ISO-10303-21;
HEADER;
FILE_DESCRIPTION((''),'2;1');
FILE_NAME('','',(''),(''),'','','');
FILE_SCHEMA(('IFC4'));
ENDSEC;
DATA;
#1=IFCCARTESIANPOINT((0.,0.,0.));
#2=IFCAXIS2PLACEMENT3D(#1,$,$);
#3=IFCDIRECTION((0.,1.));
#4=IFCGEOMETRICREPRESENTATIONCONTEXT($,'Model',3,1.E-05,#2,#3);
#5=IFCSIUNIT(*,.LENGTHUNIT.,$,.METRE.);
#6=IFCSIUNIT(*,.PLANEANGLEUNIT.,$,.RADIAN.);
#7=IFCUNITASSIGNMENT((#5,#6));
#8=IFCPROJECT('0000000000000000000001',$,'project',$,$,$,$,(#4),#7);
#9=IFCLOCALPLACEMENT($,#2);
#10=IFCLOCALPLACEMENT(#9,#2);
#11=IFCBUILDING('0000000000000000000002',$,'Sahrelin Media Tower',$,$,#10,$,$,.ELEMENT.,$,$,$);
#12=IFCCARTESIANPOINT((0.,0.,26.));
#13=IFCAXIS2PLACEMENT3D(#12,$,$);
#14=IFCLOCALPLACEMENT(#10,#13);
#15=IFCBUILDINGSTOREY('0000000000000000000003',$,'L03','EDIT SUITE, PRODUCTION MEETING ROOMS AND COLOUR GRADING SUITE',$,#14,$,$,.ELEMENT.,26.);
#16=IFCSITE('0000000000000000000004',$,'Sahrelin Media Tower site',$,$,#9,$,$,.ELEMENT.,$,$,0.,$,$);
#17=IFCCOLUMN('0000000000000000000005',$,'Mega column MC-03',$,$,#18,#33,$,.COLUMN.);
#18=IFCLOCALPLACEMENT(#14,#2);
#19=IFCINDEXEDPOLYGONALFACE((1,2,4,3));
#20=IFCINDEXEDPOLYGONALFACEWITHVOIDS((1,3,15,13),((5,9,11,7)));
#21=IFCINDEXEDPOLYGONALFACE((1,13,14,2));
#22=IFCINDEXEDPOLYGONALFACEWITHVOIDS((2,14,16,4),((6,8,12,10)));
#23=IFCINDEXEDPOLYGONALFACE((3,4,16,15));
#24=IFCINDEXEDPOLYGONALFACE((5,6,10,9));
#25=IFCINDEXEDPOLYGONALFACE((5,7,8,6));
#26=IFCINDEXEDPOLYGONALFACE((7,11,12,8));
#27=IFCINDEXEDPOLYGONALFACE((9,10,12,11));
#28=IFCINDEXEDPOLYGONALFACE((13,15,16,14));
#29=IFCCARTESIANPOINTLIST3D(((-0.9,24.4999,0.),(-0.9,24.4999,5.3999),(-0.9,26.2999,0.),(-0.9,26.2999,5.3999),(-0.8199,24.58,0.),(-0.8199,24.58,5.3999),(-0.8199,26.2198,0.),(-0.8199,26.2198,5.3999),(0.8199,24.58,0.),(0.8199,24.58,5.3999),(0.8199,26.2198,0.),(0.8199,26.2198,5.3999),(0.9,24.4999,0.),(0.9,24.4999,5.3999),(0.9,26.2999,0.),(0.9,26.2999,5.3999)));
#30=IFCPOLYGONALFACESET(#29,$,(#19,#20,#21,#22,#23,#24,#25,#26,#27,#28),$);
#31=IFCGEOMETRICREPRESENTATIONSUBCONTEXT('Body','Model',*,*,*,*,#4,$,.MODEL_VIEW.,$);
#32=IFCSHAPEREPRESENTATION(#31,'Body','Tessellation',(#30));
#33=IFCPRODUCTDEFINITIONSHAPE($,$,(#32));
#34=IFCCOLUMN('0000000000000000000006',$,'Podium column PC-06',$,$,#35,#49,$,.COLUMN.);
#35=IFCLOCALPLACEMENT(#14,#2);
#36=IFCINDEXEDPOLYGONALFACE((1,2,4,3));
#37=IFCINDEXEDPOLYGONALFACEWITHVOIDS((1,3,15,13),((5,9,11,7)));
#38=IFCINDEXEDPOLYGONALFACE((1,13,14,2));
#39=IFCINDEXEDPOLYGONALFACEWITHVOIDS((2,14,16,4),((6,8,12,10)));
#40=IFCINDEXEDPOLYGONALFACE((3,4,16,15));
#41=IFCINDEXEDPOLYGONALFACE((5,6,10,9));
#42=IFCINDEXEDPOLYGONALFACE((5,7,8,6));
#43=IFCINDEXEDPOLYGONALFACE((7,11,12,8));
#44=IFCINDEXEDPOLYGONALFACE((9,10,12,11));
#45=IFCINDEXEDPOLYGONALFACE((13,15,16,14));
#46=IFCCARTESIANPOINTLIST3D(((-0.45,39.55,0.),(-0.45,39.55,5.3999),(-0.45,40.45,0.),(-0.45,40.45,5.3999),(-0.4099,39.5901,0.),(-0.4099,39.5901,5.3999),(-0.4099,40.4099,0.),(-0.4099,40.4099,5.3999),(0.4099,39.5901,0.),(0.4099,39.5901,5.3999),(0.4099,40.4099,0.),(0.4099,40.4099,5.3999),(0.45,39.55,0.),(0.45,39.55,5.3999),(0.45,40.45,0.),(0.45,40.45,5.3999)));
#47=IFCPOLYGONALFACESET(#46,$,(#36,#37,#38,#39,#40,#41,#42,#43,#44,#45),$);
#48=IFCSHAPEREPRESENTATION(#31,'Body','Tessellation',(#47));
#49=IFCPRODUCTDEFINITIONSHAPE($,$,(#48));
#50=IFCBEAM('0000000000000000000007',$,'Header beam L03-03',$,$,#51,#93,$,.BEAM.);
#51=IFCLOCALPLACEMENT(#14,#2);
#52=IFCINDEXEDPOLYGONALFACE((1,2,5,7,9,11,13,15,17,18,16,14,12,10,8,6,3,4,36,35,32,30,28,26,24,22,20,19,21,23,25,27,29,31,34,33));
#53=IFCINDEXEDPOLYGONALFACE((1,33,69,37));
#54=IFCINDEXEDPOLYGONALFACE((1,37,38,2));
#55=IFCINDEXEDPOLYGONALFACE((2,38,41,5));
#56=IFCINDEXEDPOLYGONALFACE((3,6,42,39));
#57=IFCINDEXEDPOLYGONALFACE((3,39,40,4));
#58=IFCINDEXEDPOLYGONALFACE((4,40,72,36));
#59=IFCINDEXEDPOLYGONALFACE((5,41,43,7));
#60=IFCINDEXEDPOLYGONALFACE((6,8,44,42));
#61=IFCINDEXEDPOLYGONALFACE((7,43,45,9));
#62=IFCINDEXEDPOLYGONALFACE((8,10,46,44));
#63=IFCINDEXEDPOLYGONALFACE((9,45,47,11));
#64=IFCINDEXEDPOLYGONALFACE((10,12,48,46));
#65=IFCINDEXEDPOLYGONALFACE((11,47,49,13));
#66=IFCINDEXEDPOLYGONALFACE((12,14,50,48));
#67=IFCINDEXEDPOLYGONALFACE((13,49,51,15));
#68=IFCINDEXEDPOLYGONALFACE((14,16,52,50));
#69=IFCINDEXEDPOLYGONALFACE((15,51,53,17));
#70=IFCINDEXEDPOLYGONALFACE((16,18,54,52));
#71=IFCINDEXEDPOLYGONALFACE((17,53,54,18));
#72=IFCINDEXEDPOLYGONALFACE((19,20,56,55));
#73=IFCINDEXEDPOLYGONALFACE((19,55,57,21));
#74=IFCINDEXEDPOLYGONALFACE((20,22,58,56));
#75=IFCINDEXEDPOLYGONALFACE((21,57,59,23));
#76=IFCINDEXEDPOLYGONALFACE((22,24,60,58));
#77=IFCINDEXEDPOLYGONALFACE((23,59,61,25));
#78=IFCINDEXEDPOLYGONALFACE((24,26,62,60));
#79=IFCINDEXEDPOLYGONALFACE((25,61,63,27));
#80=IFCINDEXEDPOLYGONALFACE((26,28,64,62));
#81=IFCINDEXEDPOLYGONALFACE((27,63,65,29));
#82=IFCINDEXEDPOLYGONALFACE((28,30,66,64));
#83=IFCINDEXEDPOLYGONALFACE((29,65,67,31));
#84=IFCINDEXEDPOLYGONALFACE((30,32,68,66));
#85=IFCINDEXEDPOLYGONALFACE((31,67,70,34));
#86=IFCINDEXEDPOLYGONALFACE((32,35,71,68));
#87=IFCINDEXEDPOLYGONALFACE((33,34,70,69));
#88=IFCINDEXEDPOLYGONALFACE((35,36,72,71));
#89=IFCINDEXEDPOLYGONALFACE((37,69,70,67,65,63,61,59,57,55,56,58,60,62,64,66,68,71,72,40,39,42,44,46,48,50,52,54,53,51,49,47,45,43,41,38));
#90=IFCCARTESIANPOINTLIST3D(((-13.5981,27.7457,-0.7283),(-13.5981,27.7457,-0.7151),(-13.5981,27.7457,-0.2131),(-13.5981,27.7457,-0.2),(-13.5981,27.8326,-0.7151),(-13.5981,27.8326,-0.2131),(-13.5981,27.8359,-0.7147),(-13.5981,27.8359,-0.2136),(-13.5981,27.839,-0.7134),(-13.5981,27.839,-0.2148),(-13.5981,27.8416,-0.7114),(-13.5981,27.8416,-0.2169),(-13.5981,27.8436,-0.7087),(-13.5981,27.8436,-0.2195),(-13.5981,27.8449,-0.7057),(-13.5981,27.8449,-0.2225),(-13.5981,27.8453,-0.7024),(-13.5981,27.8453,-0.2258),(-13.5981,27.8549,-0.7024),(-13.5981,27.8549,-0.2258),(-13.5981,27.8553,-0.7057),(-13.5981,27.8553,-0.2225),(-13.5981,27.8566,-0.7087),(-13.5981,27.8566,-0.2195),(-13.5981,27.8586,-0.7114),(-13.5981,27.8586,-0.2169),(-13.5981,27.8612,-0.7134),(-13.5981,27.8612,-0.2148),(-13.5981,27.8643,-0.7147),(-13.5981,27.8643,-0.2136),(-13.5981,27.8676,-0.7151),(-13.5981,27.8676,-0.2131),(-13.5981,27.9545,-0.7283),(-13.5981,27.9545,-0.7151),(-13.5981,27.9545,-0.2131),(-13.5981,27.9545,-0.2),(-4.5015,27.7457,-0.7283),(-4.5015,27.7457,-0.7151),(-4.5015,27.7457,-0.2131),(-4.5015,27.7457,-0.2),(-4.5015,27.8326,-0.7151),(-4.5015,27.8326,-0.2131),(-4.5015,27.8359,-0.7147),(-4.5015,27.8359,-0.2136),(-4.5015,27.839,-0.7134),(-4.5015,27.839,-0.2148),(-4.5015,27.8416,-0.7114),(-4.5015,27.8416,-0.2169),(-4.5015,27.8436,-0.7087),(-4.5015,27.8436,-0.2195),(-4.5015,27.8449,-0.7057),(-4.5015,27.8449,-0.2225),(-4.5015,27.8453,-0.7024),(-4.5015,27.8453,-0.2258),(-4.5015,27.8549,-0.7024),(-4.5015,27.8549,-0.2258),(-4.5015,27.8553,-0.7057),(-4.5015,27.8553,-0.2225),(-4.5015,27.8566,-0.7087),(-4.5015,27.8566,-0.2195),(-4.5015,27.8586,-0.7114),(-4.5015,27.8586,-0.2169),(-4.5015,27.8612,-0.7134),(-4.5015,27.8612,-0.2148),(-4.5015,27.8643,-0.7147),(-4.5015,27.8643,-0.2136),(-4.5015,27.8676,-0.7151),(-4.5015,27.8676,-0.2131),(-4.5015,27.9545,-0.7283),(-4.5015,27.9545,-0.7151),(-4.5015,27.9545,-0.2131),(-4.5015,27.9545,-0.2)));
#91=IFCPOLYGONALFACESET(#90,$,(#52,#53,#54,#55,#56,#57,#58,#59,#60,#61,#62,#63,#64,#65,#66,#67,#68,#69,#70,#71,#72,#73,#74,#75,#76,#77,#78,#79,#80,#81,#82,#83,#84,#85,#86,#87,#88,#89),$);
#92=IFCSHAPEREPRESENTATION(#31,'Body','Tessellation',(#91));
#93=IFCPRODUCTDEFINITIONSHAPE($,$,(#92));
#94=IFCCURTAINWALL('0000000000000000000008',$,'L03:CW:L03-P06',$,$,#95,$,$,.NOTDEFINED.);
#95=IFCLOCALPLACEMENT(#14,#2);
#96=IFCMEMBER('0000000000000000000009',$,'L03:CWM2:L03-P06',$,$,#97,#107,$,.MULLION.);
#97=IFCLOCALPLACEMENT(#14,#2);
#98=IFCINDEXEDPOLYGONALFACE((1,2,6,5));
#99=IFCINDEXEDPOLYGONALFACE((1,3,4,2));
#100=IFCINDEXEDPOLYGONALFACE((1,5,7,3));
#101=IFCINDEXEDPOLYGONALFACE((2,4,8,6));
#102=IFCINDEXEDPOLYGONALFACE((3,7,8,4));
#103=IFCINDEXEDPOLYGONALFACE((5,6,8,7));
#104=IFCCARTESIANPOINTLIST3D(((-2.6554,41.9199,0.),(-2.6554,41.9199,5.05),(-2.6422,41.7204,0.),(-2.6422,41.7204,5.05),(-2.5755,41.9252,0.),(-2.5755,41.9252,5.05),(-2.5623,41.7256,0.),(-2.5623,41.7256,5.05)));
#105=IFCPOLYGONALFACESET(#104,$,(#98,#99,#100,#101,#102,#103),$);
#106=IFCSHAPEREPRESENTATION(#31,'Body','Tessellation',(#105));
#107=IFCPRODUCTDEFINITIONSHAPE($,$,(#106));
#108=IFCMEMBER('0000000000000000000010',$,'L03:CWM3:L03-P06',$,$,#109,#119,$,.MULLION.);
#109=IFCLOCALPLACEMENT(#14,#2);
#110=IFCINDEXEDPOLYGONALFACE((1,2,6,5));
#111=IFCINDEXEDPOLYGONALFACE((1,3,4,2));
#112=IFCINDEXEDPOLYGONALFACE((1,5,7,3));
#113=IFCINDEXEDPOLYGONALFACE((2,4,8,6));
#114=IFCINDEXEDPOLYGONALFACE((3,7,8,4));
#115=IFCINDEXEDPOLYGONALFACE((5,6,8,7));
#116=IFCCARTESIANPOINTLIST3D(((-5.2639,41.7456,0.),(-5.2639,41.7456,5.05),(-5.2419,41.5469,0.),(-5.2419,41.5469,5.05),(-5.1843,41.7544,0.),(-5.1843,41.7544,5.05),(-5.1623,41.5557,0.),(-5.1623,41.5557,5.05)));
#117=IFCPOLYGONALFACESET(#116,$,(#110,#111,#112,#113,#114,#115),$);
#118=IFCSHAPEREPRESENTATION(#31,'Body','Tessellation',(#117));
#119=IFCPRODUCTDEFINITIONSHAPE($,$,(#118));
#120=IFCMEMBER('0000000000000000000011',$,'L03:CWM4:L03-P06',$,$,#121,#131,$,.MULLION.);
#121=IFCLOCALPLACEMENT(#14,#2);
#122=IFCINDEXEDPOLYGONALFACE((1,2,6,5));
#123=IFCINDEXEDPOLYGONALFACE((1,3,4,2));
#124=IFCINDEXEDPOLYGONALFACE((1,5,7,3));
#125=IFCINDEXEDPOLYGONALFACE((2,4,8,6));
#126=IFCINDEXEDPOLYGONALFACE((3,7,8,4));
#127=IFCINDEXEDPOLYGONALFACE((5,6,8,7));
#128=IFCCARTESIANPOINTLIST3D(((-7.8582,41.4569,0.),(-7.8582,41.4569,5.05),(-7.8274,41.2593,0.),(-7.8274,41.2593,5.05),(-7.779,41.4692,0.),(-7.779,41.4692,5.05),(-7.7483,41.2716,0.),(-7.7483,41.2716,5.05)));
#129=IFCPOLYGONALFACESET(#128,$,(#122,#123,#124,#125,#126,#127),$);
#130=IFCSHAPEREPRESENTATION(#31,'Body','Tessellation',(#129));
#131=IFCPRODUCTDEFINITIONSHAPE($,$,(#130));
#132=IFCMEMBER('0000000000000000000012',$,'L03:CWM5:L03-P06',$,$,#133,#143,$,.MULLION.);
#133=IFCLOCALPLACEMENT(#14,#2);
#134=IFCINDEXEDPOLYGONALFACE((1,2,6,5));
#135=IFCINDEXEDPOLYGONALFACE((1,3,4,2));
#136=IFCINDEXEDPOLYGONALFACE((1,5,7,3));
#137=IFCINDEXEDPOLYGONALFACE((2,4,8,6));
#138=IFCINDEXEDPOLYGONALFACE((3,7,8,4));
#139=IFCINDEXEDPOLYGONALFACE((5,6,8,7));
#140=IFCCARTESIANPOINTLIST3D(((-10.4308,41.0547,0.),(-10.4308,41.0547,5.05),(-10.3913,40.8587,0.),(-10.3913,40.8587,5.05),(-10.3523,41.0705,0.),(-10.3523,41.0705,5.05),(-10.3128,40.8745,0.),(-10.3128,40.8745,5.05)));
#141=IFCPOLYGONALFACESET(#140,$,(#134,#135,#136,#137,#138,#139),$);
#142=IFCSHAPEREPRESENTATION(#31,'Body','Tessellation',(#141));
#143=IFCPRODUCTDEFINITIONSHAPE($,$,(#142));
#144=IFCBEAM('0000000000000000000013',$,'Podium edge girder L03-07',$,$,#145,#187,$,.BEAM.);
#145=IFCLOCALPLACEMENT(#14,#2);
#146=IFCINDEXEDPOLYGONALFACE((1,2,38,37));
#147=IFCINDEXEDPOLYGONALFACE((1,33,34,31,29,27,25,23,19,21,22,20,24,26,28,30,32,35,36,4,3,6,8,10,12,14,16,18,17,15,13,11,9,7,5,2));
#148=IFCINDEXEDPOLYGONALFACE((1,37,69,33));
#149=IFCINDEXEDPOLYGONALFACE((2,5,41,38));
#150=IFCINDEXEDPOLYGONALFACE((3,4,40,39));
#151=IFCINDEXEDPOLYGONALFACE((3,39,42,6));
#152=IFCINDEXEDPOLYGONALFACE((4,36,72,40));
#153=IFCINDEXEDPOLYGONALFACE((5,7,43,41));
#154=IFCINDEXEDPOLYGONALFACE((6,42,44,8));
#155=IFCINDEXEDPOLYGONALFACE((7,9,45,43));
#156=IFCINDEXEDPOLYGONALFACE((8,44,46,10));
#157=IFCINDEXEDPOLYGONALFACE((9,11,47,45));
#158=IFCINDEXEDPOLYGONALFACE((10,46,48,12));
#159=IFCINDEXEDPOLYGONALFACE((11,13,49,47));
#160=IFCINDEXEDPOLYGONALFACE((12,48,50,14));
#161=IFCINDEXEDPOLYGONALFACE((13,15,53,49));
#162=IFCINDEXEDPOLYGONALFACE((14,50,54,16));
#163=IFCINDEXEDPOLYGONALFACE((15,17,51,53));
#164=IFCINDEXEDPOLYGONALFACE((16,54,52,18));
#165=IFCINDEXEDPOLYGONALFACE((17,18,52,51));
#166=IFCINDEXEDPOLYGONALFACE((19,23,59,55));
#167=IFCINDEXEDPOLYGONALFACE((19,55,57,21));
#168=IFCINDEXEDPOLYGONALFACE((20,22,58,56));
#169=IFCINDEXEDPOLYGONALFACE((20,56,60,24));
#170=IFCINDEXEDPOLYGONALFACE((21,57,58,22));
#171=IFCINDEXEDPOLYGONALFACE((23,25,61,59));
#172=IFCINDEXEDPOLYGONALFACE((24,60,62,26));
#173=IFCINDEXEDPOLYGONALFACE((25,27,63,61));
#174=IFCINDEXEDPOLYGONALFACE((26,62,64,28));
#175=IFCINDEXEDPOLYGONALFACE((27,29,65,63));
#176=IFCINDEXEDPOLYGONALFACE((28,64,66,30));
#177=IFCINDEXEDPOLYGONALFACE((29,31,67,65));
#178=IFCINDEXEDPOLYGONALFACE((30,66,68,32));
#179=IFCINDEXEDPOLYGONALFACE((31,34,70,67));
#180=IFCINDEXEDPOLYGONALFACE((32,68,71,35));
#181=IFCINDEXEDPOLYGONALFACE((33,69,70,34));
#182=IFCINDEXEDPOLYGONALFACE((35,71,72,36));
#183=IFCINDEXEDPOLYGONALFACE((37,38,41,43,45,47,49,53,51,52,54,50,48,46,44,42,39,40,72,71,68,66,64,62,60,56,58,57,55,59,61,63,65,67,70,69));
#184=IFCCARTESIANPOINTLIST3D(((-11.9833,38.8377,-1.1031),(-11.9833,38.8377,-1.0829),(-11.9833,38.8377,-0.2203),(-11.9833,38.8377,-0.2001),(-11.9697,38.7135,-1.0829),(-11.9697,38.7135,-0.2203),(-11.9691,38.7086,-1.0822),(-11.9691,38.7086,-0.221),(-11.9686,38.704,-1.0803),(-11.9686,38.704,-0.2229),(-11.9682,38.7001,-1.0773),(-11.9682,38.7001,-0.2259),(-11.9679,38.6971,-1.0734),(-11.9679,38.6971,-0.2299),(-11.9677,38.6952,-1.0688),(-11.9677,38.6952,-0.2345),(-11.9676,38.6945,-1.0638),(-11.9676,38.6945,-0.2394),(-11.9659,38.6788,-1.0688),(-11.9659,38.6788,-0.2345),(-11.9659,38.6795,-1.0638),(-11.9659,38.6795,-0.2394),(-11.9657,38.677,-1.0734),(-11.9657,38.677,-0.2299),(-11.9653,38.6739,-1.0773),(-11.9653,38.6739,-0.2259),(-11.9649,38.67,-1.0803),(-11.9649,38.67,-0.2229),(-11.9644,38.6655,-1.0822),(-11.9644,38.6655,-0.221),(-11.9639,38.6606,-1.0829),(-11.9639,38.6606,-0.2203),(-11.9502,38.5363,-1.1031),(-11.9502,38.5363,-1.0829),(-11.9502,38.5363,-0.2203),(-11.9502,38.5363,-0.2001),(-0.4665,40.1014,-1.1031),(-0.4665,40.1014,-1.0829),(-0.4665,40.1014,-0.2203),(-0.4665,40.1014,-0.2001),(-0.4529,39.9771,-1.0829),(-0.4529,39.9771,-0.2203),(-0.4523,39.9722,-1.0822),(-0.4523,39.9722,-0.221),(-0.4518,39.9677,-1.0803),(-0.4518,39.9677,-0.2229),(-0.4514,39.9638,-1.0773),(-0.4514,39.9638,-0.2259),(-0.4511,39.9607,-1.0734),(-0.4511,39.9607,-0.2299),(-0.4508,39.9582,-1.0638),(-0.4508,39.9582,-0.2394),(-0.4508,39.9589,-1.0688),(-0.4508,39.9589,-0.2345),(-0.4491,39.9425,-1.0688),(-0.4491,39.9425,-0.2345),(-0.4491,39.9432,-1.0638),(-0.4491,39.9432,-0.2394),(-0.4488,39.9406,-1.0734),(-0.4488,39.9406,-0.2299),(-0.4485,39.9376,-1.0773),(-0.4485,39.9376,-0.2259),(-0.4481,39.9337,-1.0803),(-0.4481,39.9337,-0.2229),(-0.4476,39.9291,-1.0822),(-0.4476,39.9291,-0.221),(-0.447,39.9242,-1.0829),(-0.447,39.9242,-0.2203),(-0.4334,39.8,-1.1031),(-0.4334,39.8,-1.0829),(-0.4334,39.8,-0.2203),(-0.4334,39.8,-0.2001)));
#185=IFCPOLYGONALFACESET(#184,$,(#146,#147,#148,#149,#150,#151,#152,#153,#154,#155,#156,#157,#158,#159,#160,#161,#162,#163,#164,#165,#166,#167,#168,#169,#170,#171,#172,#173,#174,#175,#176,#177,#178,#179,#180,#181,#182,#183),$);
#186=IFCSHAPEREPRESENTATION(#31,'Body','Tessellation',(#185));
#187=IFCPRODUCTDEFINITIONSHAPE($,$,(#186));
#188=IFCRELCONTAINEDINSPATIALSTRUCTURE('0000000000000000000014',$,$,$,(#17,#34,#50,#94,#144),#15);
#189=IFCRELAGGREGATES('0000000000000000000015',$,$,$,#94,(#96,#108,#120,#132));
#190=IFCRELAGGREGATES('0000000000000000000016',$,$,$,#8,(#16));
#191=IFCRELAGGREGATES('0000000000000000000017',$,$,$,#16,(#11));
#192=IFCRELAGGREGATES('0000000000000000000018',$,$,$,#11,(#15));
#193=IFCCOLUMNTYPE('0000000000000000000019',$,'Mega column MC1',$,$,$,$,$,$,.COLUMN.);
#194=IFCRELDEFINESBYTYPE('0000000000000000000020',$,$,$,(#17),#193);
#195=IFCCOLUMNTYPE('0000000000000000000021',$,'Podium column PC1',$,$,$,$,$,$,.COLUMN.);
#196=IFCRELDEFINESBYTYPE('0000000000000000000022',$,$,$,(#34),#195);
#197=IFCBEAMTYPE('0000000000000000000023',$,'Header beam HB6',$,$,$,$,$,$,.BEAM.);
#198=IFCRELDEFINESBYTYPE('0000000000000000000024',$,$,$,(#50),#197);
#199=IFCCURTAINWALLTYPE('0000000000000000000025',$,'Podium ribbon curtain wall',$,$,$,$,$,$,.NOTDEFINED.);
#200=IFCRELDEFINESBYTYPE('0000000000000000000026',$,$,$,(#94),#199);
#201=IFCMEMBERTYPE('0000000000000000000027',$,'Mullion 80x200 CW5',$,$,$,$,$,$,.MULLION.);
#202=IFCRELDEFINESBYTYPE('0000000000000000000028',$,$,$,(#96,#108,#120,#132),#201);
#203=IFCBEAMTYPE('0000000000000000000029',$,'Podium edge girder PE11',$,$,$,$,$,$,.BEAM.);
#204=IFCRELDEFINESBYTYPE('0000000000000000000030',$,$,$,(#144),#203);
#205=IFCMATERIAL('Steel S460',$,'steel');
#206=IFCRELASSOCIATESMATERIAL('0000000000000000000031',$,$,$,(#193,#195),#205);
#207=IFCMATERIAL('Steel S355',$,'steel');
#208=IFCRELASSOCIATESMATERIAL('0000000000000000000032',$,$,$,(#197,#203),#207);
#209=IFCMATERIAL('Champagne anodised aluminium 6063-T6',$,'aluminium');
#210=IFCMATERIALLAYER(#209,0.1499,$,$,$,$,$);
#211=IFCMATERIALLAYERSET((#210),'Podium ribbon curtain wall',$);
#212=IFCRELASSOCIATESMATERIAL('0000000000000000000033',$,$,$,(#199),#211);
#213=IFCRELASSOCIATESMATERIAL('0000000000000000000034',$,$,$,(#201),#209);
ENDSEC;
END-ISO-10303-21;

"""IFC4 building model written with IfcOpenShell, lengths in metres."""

from ifc_helpers import new_model, si_unit, direction, frame, origin, origin_2d, place, context, subcontext, project, spatial, rectangle, hollow_rectangle, i_section, extrude, material, layer, layer_set, material_profile, profile_set, type_object, element, aggregate, save


model = new_model("IFC4")

# Units and contexts
model_context = context("Model", 3, precision=1e-05, world=origin(), true_north=direction((0.0, 1.0)))
body_context = subcontext(model_context, "Body", "Model", "MODEL_VIEW")
ifc_project = project(units=[si_unit("LENGTHUNIT", "METRE"), si_unit("PLANEANGLEUNIT", "RADIAN")], contexts=[model_context])

# Site, building, storey
site_placement = place(None, origin())
site = spatial("IfcSite", under=ifc_project, at=site_placement, Name="Sahrelin Media Tower site", CompositionType="ELEMENT", RefElevation=0.0)
building_placement = place(site_placement, origin())
building = spatial("IfcBuilding", under=site, at=building_placement, Name="Sahrelin Media Tower", CompositionType="ELEMENT")
storey_placement = place(building_placement, frame((0.0, 0.0, 26.0)))
storey = spatial("IfcBuildingStorey", under=building, at=storey_placement, Name="L03", Description="EDIT SUITE, PRODUCTION MEETING ROOMS AND COLOUR GRADING SUITE", CompositionType="ELEMENT", Elevation=26.0)

# Columns
ifc_material_1 = material(Name="Steel S460", Category="steel")
ifc_material_profile_1 = material_profile(ifc_material_1, hollow_rectangle(XDim=1.8, YDim=1.8, WallThickness=0.0801, at=origin_2d()), Name="Mega column MC1")
ifc_profile_set_1 = profile_set([ifc_material_profile_1], Name="Steel S460")
column_type_1 = type_object("IfcColumnType", Name="Mega column MC1", PredefinedType="COLUMN", material=ifc_profile_set_1)
column_1_placement = place(storey_placement, frame((0.0, 25.3999, 0.0), z_axis=(0.0, 0.0, 1.0), x_axis=(0.0, 1.0, 0.0)))
element("IfcColumn", 1, at=column_1_placement, inside=storey, type_object=column_type_1, Name="Mega column MC-03", PredefinedType="COLUMN", context=body_context, shape_type="SweptSolid", body=[
    extrude(hollow_rectangle(XDim=1.8, YDim=1.8, WallThickness=0.0801, at=origin_2d()), origin(), (0.0, 0.0, 1.0), 5.3999),
])
ifc_material_profile_2 = material_profile(ifc_material_1, hollow_rectangle(XDim=0.8999, YDim=0.8999, WallThickness=0.04, at=origin_2d()), Name="Podium column PC1")
ifc_profile_set_2 = profile_set([ifc_material_profile_2], Name="Steel S460")
column_type_2 = type_object("IfcColumnType", Name="Podium column PC1", PredefinedType="COLUMN", material=ifc_profile_set_2)
column_2_placement = place(storey_placement, frame((0.0, 40.0, 0.0), z_axis=(0.0, 0.0, 1.0), x_axis=(0.0, 1.0, 0.0)))
element("IfcColumn", 2, at=column_2_placement, inside=storey, type_object=column_type_2, Name="Podium column PC-06", PredefinedType="COLUMN", context=body_context, shape_type="SweptSolid", body=[
    extrude(hollow_rectangle(XDim=0.8999, YDim=0.8999, WallThickness=0.04, at=origin_2d()), origin(), (0.0, 0.0, 1.0), 5.3999),
])

# Beam
ifc_material_2 = material(Name="Steel S355", Category="steel")
ifc_material_profile_3 = material_profile(ifc_material_2, i_section(OverallWidth=0.2087, OverallDepth=0.5283, WebThickness=0.0095, FlangeThickness=0.0132, FilletRadius=0.0127, at=origin_2d()), Name="UB 533x210x82")
ifc_profile_set_3 = profile_set([ifc_material_profile_3], Name="Steel S355")
beam_type_1 = type_object("IfcBeamType", Name="Header beam HB6", PredefinedType="BEAM", material=ifc_profile_set_3)
beam_1_placement = place(storey_placement, frame((-4.5015, 27.8501, -0.4641), z_axis=(-1.0, 0.0, 0.0), x_axis=(0.0, -1.0, 0.0)))
element("IfcBeam", 3, at=beam_1_placement, inside=storey, type_object=beam_type_1, Name="Header beam L03-03", PredefinedType="BEAM", context=body_context, shape_type="SweptSolid", body=[
    extrude(i_section(OverallWidth=0.2087, OverallDepth=0.5283, WebThickness=0.0095, FlangeThickness=0.0132, FilletRadius=0.0127, at=origin_2d()), origin(), (0.0, 0.0, 1.0), 9.0967),
])

# Curtain wall, members
ifc_material_3 = material(Name="Champagne anodised aluminium 6063-T6", Category="aluminium")
ifc_layer_1 = layer(ifc_material_3, 0.1499)
ifc_layer_set_1 = layer_set([ifc_layer_1], Name="Podium ribbon curtain wall")
curtain_wall_type = type_object("IfcCurtainWallType", Name="Podium ribbon curtain wall", PredefinedType="NOTDEFINED", material=ifc_layer_set_1)
curtain_wall_placement = place(storey_placement, frame((0.0, 42.0, 0.0), z_axis=(0.0, 0.0, 1.0), x_axis=(1.0, 0.0, 0.0)))
curtain_wall = element("IfcCurtainWall", 4, at=curtain_wall_placement, inside=storey, type_object=curtain_wall_type, Name="L03:CW:L03-P06", PredefinedType="NOTDEFINED")
ifc_material_profile_4 = material_profile(ifc_material_3, rectangle(XDim=0.0801, YDim=0.2, at=origin_2d()), Name="Mullion 80x200")
ifc_profile_set_4 = profile_set([ifc_material_profile_4], Name="Champagne anodised aluminium 6063-T6")
member_type_1 = type_object("IfcMemberType", Name="Mullion 80x200 CW5", PredefinedType="MULLION", material=ifc_profile_set_4)
member_1_placement = place(storey_placement, frame((-2.6089, 41.8228, 0.0), z_axis=(0.0, 0.0, 1.0), x_axis=(-0.997822, -0.065959, 0.0)))
member_1 = element("IfcMember", 5, at=member_1_placement, type_object=member_type_1, Name="L03:CWM2:L03-P06", PredefinedType="MULLION", context=body_context, shape_type="SweptSolid", body=[
    extrude(rectangle(XDim=0.0801, YDim=0.2, at=origin_2d()), origin(), (0.0, 0.0, 1.0), 5.05),
])
member_2_placement = place(storey_placement, frame((-5.2131, 41.6506, 0.0), z_axis=(0.0, 0.0, 1.0), x_axis=(-0.993941, -0.109915, 0.0)))
member_2 = element("IfcMember", 6, at=member_2_placement, type_object=member_type_1, Name="L03:CWM3:L03-P06", PredefinedType="MULLION", context=body_context, shape_type="SweptSolid", body=[
    extrude(rectangle(XDim=0.0801, YDim=0.2, at=origin_2d()), origin(), (0.0, 0.0, 1.0), 5.05),
])
member_3_placement = place(storey_placement, frame((-7.8032, 41.3643, 0.0), z_axis=(0.0, 0.0, 1.0), x_axis=(-0.988098, -0.153826, 0.0)))
member_3 = element("IfcMember", 7, at=member_3_placement, type_object=member_type_1, Name="L03:CWM4:L03-P06", PredefinedType="MULLION", context=body_context, shape_type="SweptSolid", body=[
    extrude(rectangle(XDim=0.0801, YDim=0.2, at=origin_2d()), origin(), (0.0, 0.0, 1.0), 5.05),
])
member_4_placement = place(storey_placement, frame((-10.3718, 40.9646, 0.0), z_axis=(0.0, 0.0, 1.0), x_axis=(-0.980267, -0.197678, 0.0)))
member_4 = element("IfcMember", 8, at=member_4_placement, type_object=member_type_1, Name="L03:CWM5:L03-P06", PredefinedType="MULLION", context=body_context, shape_type="SweptSolid", body=[
    extrude(rectangle(XDim=0.0801, YDim=0.2, at=origin_2d()), origin(), (0.0, 0.0, 1.0), 5.05),
])

# Beam
ifc_material_profile_5 = material_profile(ifc_material_2, i_section(OverallWidth=0.3032, OverallDepth=0.9031, WebThickness=0.0151, FlangeThickness=0.0203, FilletRadius=0.019, at=origin_2d()), Name="UB 914x305x201")
ifc_profile_set_5 = profile_set([ifc_material_profile_5], Name="Steel S355")
beam_type_2 = type_object("IfcBeamType", Name="Podium edge girder PE11", PredefinedType="BEAM", material=ifc_profile_set_5)
beam_2_placement = place(storey_placement, frame((-0.45, 39.9507, -0.6516), z_axis=(-0.994034, -0.109069, 0.0), x_axis=(0.109069, -0.994034, 0.0)))
element("IfcBeam", 9, at=beam_2_placement, inside=storey, type_object=beam_type_2, Name="Podium edge girder L03-07", PredefinedType="BEAM", context=body_context, shape_type="SweptSolid", body=[
    extrude(i_section(OverallWidth=0.3032, OverallDepth=0.9031, WebThickness=0.0151, FlangeThickness=0.0203, FilletRadius=0.019, at=origin_2d()), origin(), (0.0, 0.0, 1.0), 11.5859),
])

aggregate(curtain_wall, [member_1, member_2, member_3, member_4])

save(model, "model.ifc")
